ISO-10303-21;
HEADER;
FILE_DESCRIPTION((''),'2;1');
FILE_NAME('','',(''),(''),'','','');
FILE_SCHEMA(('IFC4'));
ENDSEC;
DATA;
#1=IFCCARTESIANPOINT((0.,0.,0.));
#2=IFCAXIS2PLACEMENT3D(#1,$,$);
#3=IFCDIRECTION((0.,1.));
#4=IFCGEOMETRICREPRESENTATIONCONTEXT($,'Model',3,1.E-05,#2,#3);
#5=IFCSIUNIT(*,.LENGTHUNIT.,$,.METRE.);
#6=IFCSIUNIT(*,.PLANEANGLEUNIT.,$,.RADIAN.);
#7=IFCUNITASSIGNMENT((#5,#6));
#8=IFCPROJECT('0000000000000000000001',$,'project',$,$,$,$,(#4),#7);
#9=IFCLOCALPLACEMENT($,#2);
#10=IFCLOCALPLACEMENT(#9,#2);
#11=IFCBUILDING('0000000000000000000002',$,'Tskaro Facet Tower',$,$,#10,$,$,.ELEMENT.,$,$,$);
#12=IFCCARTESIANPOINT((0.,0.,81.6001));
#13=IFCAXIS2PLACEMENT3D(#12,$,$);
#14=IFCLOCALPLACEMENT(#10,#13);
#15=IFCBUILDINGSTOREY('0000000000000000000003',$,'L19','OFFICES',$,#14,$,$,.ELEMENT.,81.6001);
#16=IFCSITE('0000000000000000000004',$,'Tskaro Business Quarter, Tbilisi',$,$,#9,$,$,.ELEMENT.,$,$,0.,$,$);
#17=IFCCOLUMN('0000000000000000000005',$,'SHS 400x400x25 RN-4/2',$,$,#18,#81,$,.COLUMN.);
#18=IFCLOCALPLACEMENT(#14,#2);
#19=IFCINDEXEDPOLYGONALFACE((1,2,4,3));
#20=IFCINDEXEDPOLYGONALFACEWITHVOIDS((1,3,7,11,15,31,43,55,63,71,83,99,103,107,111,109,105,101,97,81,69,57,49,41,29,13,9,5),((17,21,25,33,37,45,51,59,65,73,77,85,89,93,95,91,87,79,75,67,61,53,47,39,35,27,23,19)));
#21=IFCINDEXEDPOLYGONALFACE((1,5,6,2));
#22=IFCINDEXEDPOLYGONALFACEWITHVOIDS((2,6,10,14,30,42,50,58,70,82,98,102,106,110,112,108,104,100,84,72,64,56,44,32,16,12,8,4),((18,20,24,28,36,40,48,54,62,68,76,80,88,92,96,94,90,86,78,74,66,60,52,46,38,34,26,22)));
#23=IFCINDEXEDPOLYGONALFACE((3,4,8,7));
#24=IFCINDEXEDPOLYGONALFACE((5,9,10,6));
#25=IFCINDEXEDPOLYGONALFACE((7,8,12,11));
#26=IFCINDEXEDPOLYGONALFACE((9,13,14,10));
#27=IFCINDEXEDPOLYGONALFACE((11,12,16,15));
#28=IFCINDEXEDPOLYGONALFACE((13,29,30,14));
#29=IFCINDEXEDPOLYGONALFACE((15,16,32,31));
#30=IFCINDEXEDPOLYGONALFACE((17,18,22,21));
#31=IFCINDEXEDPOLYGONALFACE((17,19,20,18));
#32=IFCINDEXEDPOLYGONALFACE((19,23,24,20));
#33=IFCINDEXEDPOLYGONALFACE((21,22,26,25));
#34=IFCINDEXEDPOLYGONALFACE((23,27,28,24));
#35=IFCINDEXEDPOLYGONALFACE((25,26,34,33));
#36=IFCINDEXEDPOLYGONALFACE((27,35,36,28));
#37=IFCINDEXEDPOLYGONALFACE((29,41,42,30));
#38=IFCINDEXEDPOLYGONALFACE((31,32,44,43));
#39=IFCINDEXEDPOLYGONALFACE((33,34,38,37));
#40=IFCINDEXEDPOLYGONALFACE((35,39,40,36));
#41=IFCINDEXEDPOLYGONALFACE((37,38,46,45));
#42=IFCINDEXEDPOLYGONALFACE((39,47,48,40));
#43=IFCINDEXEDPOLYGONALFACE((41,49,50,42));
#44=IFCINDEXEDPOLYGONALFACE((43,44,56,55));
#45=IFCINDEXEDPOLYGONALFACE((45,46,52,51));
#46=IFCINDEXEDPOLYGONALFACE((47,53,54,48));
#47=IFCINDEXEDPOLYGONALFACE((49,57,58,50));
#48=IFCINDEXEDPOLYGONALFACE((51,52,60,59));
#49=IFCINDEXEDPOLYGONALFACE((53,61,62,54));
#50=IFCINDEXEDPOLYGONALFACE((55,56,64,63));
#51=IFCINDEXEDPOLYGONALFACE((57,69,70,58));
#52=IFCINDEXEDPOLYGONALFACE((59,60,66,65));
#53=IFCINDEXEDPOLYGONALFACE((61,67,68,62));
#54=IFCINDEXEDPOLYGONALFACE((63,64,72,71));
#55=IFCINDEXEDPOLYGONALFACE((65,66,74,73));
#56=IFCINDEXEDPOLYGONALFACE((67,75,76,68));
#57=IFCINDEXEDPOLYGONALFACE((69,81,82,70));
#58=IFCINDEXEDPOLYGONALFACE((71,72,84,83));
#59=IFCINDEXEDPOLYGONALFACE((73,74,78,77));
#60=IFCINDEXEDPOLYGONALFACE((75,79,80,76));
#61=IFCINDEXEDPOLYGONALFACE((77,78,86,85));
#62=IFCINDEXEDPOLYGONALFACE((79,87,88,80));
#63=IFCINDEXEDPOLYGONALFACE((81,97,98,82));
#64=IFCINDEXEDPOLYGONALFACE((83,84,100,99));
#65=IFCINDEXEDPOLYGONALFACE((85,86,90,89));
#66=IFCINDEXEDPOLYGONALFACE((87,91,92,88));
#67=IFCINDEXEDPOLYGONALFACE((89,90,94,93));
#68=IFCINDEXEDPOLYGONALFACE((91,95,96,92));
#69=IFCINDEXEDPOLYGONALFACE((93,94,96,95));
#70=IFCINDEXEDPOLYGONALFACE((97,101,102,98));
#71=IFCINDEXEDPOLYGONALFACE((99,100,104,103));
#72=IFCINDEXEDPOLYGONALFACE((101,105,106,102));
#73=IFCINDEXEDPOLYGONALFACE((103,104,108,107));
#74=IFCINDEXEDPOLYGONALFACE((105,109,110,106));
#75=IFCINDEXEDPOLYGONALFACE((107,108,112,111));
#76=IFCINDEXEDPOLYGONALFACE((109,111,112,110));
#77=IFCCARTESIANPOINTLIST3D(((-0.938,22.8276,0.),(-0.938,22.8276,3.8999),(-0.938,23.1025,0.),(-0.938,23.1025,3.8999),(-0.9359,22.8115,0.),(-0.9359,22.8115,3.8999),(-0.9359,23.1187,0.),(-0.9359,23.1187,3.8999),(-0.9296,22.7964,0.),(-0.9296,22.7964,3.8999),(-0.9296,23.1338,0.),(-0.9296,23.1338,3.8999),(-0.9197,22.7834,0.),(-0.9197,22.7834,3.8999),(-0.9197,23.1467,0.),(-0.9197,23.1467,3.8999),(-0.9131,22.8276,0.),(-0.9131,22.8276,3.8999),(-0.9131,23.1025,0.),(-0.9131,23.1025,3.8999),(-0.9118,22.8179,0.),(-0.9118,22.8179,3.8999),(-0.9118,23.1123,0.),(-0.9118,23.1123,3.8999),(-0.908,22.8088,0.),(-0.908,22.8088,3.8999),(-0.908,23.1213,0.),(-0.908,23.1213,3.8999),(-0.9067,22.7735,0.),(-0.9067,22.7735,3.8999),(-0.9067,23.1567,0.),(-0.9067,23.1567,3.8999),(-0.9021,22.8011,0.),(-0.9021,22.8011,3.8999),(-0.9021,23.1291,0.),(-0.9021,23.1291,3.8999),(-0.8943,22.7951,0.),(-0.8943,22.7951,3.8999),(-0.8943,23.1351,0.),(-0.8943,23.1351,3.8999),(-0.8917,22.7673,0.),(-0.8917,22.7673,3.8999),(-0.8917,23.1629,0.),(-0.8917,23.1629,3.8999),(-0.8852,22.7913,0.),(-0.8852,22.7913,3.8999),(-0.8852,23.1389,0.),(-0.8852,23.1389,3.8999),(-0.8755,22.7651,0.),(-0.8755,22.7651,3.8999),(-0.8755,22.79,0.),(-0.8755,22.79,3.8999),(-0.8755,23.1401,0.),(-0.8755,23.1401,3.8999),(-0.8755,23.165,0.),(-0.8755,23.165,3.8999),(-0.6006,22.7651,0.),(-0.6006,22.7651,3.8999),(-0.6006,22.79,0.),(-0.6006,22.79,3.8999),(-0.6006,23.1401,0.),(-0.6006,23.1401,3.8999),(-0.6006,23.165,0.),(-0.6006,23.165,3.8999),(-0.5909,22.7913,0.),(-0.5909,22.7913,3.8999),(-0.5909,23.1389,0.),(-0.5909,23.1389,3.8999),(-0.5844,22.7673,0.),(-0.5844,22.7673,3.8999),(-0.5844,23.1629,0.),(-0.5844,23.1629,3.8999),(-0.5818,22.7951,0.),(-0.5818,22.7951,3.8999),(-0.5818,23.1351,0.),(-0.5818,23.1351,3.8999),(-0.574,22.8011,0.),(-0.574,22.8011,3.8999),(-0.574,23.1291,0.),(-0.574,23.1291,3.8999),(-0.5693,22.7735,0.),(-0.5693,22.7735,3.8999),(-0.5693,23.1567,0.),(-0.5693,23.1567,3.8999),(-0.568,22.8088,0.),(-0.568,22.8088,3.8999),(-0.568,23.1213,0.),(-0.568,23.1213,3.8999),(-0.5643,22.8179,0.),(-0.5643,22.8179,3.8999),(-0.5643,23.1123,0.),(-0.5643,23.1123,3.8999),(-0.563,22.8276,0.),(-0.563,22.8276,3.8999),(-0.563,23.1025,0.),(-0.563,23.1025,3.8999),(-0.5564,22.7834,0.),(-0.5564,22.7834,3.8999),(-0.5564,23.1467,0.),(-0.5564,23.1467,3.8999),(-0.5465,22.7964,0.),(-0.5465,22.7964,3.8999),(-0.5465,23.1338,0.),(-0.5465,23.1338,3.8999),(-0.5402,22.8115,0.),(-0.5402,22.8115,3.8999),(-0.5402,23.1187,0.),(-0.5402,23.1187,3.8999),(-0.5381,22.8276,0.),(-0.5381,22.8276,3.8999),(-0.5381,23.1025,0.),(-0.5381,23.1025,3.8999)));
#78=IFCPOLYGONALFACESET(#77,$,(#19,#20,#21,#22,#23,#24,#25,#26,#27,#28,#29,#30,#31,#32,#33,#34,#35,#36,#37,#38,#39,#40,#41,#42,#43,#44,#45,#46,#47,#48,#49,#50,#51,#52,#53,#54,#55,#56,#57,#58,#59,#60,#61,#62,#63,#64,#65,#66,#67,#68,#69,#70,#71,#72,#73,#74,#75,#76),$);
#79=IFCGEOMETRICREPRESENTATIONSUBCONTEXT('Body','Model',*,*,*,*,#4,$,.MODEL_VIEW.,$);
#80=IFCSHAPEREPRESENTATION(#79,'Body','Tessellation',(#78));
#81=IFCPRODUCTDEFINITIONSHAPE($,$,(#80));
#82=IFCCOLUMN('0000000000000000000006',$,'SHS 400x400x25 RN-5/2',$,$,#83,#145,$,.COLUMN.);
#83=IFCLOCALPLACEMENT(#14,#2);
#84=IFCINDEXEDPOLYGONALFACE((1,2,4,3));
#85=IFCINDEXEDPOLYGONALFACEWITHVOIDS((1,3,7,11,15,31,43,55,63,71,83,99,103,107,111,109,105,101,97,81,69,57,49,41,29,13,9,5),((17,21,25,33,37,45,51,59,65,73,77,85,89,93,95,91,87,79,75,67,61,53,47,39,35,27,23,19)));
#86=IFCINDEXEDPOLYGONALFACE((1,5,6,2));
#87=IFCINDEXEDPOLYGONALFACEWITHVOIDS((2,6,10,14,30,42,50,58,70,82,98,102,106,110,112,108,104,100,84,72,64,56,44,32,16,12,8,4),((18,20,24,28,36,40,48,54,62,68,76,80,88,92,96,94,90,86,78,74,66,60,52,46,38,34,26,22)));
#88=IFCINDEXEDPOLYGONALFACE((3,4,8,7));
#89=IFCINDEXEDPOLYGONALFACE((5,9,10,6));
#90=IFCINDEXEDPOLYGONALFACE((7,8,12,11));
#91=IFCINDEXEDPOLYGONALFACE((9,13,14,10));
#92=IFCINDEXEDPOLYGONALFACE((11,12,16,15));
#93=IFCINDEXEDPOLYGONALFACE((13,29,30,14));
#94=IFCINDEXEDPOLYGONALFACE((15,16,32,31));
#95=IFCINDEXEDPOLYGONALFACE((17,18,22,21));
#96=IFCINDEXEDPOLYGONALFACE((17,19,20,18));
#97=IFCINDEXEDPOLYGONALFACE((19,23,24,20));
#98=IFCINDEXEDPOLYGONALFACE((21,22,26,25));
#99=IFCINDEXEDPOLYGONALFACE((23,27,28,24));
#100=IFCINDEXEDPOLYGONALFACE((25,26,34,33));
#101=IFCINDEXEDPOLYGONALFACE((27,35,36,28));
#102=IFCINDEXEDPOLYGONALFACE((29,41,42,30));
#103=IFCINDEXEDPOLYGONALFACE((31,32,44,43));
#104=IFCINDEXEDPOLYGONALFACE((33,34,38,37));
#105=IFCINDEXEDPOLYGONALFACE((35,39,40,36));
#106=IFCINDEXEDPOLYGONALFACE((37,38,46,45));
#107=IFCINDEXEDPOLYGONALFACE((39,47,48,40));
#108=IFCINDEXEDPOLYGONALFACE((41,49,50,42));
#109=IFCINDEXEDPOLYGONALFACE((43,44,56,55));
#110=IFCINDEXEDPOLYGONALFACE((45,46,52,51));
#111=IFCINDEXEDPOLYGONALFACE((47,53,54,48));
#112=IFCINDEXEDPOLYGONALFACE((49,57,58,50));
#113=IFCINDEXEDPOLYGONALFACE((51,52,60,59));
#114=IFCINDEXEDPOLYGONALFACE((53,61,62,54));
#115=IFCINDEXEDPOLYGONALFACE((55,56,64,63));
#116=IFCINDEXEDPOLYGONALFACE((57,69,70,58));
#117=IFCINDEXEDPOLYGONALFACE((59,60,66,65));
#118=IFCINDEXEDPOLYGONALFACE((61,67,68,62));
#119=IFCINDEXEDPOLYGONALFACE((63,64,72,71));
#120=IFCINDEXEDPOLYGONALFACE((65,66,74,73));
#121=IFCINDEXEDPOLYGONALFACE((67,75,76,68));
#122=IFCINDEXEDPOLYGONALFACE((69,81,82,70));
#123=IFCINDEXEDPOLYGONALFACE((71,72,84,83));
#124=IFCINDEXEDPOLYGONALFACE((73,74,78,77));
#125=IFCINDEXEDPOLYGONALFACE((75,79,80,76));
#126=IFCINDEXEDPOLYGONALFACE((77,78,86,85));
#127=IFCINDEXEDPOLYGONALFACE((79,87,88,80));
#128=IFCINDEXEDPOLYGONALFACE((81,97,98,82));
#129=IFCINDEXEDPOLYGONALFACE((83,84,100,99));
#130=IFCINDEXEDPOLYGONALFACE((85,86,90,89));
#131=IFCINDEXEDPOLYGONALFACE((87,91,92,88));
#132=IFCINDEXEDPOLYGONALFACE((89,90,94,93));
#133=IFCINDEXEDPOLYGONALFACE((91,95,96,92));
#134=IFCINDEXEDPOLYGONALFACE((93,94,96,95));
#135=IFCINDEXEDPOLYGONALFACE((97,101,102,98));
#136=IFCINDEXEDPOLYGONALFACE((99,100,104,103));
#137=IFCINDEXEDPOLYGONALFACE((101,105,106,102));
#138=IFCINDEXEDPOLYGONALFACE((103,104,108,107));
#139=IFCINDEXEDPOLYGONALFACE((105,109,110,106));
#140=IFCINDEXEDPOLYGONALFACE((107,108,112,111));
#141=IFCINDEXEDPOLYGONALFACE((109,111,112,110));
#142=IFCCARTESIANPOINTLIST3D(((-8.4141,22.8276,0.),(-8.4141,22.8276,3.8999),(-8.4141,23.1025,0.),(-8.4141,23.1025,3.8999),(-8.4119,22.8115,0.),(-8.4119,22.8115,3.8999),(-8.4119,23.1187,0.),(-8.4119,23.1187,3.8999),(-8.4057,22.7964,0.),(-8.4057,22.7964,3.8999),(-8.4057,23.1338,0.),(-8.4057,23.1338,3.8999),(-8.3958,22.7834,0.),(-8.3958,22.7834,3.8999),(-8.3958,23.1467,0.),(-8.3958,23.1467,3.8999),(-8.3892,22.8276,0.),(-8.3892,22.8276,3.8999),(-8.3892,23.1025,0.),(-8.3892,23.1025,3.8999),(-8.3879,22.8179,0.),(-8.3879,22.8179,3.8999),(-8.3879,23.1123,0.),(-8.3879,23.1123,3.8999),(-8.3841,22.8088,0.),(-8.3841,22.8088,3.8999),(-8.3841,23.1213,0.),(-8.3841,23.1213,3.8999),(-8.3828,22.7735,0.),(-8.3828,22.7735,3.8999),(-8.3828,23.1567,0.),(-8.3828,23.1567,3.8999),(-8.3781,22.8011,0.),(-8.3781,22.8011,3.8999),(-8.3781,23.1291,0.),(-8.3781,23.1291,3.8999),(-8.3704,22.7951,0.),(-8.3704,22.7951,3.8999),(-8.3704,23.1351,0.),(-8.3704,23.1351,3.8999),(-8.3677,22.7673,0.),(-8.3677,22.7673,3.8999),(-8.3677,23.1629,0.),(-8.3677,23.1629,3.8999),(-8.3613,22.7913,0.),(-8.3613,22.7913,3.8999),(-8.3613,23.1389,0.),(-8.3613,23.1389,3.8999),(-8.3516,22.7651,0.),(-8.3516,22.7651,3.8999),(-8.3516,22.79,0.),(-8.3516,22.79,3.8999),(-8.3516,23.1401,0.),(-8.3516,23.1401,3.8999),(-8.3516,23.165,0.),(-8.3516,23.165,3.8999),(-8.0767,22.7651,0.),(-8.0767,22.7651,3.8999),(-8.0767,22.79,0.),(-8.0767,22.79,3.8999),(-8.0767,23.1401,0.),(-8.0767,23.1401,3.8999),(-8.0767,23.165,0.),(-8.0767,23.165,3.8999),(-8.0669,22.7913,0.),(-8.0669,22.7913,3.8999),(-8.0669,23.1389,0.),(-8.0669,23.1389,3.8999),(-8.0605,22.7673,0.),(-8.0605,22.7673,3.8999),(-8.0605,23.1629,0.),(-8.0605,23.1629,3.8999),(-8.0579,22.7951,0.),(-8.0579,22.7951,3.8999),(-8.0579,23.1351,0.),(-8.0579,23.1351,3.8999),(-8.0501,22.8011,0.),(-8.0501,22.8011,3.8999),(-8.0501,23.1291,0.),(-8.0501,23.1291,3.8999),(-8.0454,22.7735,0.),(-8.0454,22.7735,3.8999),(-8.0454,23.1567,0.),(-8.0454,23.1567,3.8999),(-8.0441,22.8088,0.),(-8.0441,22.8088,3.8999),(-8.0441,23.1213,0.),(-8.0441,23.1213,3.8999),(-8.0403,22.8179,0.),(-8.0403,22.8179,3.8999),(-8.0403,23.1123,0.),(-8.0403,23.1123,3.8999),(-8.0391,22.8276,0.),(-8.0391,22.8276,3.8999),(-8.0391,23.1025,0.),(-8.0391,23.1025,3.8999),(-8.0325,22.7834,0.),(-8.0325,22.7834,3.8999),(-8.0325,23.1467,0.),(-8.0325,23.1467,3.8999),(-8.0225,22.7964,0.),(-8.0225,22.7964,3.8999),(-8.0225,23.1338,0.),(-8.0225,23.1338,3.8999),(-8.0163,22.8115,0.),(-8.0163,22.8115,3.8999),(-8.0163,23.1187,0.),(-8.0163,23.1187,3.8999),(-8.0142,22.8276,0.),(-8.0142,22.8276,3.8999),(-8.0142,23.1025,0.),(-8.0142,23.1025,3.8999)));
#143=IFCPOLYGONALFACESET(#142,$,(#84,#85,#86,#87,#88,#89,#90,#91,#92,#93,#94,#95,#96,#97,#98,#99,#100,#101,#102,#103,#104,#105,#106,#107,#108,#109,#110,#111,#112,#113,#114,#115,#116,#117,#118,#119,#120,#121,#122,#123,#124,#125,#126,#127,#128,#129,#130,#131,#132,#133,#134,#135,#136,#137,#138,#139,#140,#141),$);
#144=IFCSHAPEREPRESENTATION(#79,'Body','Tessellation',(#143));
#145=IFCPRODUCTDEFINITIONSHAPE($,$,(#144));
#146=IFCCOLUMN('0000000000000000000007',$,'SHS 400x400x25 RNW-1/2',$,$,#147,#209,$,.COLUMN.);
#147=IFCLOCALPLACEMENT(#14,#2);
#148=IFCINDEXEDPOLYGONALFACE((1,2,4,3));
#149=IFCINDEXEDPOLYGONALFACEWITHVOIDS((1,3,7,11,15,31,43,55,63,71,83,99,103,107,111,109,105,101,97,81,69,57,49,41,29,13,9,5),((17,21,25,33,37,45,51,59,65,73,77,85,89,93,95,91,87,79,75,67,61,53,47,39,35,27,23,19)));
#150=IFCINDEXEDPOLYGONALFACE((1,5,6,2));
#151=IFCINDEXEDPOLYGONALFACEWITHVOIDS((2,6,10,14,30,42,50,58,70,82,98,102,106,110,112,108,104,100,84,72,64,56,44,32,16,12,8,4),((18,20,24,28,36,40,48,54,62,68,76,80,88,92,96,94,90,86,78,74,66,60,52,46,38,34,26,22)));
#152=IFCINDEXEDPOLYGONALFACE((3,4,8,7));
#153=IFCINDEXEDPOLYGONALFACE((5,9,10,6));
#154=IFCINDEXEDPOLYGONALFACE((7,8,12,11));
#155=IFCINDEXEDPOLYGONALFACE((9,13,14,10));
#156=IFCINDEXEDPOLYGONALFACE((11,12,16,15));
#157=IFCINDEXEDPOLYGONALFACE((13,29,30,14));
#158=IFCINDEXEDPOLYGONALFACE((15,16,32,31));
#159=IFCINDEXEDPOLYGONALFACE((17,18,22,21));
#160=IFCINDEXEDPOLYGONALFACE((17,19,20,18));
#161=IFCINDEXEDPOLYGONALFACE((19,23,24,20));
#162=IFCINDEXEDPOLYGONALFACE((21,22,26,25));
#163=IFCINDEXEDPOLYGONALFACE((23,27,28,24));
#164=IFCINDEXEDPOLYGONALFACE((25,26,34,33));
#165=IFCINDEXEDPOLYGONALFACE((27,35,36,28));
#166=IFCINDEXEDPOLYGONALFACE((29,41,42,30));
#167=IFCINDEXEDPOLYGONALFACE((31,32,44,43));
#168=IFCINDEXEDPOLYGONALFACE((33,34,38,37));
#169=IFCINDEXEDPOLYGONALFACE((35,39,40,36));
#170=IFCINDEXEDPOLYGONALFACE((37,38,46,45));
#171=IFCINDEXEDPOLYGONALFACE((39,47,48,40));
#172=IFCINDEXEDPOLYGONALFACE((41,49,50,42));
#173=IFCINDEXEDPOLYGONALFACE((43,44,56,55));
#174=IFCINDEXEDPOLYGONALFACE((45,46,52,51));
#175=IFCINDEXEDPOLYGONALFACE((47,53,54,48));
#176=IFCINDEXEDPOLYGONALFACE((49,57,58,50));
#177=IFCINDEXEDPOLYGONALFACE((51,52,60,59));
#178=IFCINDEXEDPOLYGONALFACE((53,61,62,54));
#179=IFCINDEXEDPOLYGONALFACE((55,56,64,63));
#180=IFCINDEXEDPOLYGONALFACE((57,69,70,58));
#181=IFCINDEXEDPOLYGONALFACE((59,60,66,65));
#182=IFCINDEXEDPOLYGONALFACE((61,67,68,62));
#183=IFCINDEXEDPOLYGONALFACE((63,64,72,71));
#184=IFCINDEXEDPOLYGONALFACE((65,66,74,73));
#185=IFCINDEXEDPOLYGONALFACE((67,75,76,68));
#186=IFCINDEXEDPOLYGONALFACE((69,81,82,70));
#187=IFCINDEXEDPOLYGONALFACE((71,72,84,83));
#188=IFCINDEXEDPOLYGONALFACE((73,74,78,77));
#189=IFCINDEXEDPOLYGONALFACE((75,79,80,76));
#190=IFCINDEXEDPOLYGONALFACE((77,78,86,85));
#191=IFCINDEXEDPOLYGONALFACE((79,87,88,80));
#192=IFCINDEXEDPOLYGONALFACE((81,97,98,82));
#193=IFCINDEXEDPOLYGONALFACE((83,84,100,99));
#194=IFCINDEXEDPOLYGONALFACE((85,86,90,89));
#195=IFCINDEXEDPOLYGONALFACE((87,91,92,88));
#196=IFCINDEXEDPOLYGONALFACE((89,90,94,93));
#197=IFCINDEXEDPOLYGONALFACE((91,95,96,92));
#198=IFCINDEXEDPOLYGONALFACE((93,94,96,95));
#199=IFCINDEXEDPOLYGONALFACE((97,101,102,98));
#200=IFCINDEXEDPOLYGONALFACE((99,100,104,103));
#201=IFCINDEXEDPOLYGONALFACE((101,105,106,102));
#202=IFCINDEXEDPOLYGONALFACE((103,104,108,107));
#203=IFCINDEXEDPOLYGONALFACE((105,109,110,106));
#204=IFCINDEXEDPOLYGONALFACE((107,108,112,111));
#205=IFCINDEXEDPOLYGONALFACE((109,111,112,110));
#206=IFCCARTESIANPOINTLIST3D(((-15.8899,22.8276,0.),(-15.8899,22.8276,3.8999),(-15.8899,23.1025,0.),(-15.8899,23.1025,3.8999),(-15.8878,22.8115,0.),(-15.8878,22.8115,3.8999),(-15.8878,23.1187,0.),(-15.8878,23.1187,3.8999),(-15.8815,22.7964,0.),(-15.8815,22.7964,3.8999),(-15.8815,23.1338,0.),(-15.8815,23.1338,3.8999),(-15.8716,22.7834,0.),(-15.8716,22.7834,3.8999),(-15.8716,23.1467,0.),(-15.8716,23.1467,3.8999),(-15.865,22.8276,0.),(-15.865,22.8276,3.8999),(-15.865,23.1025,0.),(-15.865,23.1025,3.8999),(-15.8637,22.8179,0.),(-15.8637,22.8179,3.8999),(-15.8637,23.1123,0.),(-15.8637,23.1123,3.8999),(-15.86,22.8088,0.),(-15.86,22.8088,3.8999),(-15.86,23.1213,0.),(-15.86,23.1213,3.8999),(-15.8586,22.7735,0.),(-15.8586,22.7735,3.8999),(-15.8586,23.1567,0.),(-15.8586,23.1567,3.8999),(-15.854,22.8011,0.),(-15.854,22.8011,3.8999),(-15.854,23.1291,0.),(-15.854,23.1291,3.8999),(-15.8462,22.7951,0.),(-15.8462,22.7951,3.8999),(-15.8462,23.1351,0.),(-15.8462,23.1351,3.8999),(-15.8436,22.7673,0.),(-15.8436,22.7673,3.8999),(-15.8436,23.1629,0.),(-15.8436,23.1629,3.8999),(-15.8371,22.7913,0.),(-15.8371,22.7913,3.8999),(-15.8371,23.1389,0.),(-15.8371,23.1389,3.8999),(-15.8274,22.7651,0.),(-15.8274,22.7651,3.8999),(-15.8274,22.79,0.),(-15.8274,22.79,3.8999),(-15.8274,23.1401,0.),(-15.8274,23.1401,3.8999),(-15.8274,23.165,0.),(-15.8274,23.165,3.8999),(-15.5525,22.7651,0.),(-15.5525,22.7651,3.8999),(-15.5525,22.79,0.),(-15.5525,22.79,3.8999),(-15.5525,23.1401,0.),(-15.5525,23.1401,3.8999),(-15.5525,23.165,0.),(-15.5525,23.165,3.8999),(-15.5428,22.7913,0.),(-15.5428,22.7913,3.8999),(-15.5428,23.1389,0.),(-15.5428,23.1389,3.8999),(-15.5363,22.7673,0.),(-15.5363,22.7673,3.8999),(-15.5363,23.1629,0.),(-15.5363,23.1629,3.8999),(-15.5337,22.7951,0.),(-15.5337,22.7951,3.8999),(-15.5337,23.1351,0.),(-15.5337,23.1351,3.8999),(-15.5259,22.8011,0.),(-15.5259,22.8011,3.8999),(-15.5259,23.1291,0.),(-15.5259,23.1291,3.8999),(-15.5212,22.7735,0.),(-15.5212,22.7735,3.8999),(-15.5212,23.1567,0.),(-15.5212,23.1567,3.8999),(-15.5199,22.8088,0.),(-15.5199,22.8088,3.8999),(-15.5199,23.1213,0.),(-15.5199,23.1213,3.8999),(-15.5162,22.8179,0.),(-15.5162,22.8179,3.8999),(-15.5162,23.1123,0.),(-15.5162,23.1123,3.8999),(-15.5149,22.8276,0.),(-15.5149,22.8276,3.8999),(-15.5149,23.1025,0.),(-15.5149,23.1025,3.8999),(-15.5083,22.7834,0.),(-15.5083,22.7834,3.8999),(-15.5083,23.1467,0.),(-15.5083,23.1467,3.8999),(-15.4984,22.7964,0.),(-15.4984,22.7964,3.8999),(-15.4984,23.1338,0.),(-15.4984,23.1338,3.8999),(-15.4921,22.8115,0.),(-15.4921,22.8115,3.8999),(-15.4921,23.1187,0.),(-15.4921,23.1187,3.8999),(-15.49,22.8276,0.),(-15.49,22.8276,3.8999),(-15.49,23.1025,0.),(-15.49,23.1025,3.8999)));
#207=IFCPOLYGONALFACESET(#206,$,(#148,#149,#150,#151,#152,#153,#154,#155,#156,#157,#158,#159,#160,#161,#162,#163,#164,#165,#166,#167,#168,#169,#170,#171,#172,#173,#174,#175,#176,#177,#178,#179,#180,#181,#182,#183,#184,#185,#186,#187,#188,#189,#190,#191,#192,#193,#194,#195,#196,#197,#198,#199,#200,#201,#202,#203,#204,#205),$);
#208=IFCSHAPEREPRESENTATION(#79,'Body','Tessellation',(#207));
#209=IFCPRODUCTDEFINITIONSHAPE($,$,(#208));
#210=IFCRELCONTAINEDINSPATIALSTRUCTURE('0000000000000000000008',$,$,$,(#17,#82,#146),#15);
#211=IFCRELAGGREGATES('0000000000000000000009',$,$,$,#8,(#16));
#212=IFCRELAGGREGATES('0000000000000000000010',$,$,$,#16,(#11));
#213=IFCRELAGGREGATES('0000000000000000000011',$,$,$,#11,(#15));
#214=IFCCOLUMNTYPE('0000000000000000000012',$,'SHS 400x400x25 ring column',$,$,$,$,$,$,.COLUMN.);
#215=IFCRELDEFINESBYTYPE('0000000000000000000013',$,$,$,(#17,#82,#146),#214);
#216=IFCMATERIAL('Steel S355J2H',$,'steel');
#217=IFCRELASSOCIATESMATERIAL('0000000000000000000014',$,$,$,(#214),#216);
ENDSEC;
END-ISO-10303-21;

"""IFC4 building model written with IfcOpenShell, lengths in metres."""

from ifc_helpers import new_model, si_unit, direction, frame, origin, origin_2d, place, context, subcontext, project, spatial, hollow_rectangle, extrude, material, material_profile, profile_set, type_object, element, save


model = new_model("IFC4")

# Units and contexts
model_context = context("Model", 3, precision=1e-05, world=origin(), true_north=direction((0.0, 1.0)))
body_context = subcontext(model_context, "Body", "Model", "MODEL_VIEW")
ifc_project = project(units=[si_unit("LENGTHUNIT", "METRE"), si_unit("PLANEANGLEUNIT", "RADIAN")], contexts=[model_context])

# Site, building, storey
site_placement = place(None, origin())
site = spatial("IfcSite", under=ifc_project, at=site_placement, Name="Tskaro Business Quarter, Tbilisi", CompositionType="ELEMENT", RefElevation=0.0)
building_placement = place(site_placement, origin())
building = spatial("IfcBuilding", under=site, at=building_placement, Name="Tskaro Facet Tower", CompositionType="ELEMENT")
storey_placement = place(building_placement, frame((0.0, 0.0, 81.6001)))
storey = spatial("IfcBuildingStorey", under=building, at=storey_placement, Name="L19", Description="OFFICES", CompositionType="ELEMENT", Elevation=81.6001)

# Columns
ifc_material_1 = material(Name="Steel S355J2H", Category="steel")
ifc_material_profile_1 = material_profile(ifc_material_1, hollow_rectangle(XDim=0.3999, YDim=0.3999, WallThickness=0.0249, InnerFilletRadius=0.0376, OuterFilletRadius=0.0625, at=origin_2d()), Name="SHS 400x400x25")
ifc_profile_set_1 = profile_set([ifc_material_profile_1], Name="Steel S355J2H")
column_type_1 = type_object("IfcColumnType", Name="SHS 400x400x25 ring column", PredefinedType="COLUMN", material=ifc_profile_set_1)
for number, where, z_axis, x_axis, name in (
    (1, (-0.738, 22.9651, 0.0), (0.0, 0.0, 1.0), (1.0, 0.0, 0.0), "SHS 400x400x25 RN-4/2"),
    (2, (-8.2141, 22.9651, 0.0), (0.0, 0.0, 1.0), (1.0, 0.0, 0.0), "SHS 400x400x25 RN-5/2"),
    (3, (-15.6899, 22.9651, 0.0), (0.0, 0.0, 1.0), (1.0, 0.0, 0.0), "SHS 400x400x25 RNW-1/2"),
):
    element("IfcColumn", number, at=place(storey_placement, frame(where, z_axis=z_axis, x_axis=x_axis)), inside=storey, type_object=column_type_1, Name=name, PredefinedType="COLUMN", context=body_context, shape_type="SweptSolid", body=[
        extrude(hollow_rectangle(XDim=0.3999, YDim=0.3999, WallThickness=0.0249, InnerFilletRadius=0.0376, OuterFilletRadius=0.0625, at=origin_2d()), origin(), (0.0, 0.0, 1.0), 3.8999),
    ])

save(model, "model.ifc")
